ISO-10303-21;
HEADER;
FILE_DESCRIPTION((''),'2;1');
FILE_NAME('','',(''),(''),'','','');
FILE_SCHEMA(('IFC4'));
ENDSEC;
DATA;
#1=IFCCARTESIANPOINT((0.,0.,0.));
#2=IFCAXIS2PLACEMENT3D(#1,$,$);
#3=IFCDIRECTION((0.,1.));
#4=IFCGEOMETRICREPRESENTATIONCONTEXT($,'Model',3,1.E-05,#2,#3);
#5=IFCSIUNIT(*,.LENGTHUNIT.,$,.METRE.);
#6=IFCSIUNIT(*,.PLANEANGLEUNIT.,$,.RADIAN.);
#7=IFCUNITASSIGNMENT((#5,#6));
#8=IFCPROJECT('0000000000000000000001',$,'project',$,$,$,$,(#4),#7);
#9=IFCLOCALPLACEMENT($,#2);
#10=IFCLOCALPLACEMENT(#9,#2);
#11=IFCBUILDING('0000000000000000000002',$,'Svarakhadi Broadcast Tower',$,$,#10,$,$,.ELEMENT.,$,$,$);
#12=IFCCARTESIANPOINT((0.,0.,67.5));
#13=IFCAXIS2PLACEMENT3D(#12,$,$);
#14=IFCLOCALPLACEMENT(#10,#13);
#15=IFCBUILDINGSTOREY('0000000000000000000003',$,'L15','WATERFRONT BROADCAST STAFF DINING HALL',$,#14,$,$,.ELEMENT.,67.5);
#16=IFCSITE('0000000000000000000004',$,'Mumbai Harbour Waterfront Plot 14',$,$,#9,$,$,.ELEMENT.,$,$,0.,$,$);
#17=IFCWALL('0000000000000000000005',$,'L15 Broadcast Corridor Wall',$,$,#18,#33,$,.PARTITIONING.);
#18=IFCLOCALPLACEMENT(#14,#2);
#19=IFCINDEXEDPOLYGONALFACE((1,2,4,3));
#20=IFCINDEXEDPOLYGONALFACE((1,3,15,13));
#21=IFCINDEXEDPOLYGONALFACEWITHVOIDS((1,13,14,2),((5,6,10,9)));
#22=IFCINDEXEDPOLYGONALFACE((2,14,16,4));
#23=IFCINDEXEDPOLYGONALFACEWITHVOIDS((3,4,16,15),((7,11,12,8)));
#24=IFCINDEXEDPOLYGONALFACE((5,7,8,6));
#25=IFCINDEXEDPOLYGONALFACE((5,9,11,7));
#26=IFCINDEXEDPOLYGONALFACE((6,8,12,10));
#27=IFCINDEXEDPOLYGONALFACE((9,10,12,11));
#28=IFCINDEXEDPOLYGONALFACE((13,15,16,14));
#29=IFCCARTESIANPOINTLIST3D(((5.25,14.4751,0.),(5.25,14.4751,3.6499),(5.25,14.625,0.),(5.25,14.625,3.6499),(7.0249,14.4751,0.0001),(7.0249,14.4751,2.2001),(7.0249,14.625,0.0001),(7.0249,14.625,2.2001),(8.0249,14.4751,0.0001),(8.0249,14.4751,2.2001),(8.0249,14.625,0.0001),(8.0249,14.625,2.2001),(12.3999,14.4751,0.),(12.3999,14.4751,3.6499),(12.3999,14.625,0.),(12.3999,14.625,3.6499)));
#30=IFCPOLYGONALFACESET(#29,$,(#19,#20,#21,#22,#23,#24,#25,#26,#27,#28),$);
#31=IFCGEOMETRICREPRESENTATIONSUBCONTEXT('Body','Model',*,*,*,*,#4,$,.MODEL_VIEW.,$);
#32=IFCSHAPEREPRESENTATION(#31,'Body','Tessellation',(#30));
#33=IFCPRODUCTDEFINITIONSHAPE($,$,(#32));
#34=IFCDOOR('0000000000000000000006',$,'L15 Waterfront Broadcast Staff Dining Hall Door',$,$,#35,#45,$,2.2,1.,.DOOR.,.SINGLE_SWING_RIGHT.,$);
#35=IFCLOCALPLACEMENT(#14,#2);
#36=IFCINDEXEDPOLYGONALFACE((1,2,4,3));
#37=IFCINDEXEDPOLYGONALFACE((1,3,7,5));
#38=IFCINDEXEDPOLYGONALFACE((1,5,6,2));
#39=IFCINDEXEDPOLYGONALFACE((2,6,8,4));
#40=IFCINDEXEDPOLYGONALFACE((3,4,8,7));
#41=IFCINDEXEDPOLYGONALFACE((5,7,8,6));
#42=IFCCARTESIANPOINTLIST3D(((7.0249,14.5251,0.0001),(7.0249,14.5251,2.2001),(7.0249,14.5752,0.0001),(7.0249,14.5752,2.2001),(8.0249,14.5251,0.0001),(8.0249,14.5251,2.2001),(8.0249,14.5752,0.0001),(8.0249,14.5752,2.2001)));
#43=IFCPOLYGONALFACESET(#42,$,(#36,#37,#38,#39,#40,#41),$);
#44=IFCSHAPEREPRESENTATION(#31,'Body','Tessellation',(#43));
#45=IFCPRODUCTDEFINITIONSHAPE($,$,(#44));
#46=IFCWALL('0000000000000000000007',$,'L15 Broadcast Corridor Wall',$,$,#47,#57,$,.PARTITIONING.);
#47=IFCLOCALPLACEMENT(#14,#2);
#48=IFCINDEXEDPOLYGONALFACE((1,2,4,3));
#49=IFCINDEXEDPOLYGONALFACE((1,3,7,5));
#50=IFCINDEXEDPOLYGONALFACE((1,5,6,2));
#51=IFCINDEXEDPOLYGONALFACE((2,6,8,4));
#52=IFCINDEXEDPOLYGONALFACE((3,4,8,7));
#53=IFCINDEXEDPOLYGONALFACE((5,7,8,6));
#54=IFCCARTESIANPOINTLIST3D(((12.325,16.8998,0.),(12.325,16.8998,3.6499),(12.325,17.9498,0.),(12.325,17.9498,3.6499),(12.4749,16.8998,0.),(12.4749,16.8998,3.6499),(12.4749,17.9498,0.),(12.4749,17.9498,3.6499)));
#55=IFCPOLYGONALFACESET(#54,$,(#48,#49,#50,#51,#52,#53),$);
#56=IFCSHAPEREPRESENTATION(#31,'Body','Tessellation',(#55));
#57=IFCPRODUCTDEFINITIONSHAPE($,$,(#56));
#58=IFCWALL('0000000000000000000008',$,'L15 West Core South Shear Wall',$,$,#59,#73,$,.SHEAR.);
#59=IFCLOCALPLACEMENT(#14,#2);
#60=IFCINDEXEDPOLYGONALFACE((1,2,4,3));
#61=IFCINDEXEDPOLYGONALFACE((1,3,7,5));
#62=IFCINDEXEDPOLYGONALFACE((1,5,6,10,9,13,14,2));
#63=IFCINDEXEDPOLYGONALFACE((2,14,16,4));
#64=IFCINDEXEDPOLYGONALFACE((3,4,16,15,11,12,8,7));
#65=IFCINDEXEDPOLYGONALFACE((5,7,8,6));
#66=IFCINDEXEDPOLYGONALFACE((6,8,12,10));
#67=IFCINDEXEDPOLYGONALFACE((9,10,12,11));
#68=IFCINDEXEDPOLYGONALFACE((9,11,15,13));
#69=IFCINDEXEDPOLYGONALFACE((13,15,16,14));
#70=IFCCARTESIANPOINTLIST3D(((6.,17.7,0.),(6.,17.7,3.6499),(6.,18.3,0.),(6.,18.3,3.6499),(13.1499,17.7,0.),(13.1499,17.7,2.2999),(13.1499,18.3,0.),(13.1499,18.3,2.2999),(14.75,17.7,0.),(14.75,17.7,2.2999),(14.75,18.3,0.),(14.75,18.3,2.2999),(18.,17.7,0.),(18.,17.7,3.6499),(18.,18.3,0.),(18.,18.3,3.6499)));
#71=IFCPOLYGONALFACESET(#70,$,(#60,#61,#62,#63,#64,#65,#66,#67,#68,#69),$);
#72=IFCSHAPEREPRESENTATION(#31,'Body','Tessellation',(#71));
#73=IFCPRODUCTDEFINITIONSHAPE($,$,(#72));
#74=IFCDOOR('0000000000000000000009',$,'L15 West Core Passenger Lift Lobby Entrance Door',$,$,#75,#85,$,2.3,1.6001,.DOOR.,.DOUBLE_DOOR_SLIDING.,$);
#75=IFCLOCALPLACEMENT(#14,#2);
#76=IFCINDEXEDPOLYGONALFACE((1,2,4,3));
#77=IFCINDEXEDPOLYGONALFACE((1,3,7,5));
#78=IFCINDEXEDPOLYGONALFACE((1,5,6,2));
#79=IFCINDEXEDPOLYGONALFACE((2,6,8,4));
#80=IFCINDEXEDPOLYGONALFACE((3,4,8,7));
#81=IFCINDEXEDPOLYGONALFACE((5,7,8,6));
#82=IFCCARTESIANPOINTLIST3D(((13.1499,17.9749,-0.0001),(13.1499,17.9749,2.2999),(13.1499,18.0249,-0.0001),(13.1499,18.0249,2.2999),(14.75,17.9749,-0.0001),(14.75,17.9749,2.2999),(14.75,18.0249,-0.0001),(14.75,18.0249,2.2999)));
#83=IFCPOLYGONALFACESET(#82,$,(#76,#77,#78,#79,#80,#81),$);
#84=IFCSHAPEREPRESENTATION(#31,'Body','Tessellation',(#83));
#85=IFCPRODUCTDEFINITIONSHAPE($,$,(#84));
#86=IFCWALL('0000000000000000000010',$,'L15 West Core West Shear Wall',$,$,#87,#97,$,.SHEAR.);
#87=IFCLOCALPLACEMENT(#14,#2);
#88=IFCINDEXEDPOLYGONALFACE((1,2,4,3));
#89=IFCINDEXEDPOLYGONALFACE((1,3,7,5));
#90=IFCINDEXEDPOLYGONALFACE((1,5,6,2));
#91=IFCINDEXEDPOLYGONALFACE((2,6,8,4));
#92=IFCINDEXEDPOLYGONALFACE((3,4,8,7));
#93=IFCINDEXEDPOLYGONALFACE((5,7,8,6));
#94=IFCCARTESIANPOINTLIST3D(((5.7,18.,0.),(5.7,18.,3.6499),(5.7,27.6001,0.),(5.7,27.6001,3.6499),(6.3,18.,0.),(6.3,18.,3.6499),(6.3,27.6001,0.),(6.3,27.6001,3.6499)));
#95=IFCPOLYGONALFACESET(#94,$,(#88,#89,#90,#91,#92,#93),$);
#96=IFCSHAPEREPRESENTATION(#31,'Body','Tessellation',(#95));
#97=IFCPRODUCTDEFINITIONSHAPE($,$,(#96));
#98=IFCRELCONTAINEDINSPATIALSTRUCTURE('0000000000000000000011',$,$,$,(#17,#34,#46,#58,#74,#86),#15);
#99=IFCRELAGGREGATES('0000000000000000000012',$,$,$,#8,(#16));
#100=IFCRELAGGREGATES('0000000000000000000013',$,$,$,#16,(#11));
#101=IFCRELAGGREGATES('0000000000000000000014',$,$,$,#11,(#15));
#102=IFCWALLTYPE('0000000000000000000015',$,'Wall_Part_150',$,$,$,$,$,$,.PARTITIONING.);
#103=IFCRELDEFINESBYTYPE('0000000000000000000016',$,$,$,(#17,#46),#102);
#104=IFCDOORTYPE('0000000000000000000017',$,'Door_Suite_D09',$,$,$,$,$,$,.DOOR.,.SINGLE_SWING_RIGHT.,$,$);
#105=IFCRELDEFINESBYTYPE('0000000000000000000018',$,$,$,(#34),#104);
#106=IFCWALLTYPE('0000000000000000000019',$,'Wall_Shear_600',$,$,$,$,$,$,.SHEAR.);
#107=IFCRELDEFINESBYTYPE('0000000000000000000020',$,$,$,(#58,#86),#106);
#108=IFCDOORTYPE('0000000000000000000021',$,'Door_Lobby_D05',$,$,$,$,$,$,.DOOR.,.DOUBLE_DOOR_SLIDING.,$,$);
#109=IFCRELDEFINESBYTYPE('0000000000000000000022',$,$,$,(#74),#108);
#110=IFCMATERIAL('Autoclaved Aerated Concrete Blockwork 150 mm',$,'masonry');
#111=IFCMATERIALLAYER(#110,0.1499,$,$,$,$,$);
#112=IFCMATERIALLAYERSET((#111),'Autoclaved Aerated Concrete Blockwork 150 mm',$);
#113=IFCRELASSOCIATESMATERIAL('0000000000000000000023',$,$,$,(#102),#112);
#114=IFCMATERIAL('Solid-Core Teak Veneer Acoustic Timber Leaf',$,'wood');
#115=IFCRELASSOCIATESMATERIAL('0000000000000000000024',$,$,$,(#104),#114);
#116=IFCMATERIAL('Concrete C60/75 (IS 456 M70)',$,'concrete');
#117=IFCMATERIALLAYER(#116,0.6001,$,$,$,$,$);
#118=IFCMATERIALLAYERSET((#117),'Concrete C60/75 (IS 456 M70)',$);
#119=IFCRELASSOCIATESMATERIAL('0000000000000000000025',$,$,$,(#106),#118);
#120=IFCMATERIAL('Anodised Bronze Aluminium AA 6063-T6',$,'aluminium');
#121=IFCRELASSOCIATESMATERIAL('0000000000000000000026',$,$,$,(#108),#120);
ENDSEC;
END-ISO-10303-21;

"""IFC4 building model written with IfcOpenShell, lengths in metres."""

from ifc_helpers import new_model, si_unit, direction, frame, frame_2d, origin, place, context, subcontext, project, spatial, rectangle, extrude, material, layer, layer_set, type_object, element, fill, save


model = new_model("IFC4")

# Units and contexts
model_context = context("Model", 3, precision=1e-05, world=origin(), true_north=direction((0.0, 1.0)))
body_context = subcontext(model_context, "Body", "Model", "MODEL_VIEW")
ifc_project = project(units=[si_unit("LENGTHUNIT", "METRE"), si_unit("PLANEANGLEUNIT", "RADIAN")], contexts=[model_context])

# Site, building, storey
site_placement = place(None, origin())
site = spatial("IfcSite", under=ifc_project, at=site_placement, Name="Mumbai Harbour Waterfront Plot 14", CompositionType="ELEMENT", RefElevation=0.0)
building_placement = place(site_placement, origin())
building = spatial("IfcBuilding", under=site, at=building_placement, Name="Svarakhadi Broadcast Tower", CompositionType="ELEMENT")
storey_placement = place(building_placement, frame((0.0, 0.0, 67.5)))
storey = spatial("IfcBuildingStorey", under=building, at=storey_placement, Name="L15", Description="WATERFRONT BROADCAST STAFF DINING HALL", CompositionType="ELEMENT", Elevation=67.5)

# Shared definitions
ifc_material_1 = material(Name="Concrete C60/75 (IS 456 M70)", Category="concrete")

# Wall, opening, door
ifc_material_2 = material(Name="Autoclaved Aerated Concrete Blockwork 150 mm", Category="masonry")
ifc_layer_1 = layer(ifc_material_2, 0.1499)
ifc_layer_set_1 = layer_set([ifc_layer_1], Name="Autoclaved Aerated Concrete Blockwork 150 mm")
wall_type_1 = type_object("IfcWallType", Name="Wall_Part_150", PredefinedType="PARTITIONING", material=ifc_layer_set_1)
wall_1_placement = place(storey_placement, frame((12.3999, 14.55, 0.0), z_axis=(0.0, 0.0, 1.0), x_axis=(-1.0, 0.0, 0.0)))
wall_1 = element("IfcWall", 1, at=wall_1_placement, inside=storey, type_object=wall_type_1, Name="L15 Broadcast Corridor Wall", PredefinedType="PARTITIONING", context=body_context, shape_type="SweptSolid", body=[
    extrude(rectangle(XDim=7.1499, YDim=0.1499, at=frame_2d((3.575, 0.0))), origin(), (0.0, 0.0, 1.0), 3.6499),
])
opening_1_placement = place(wall_1_placement, frame((4.375, 0.0, 0.0)))
opening_1 = element("IfcOpeningElement", 2, at=opening_1_placement, cuts=wall_1, PredefinedType="OPENING", context=body_context, shape_type="SweptSolid", body=[
    extrude(rectangle(XDim=1.0, YDim=2.2, at=frame_2d((0.5, 1.1001))), frame((0.0, 0.085, 0.0), z_axis=(0.0, -1.0, 0.0), x_axis=(1.0, 0.0, 0.0)), (0.0, 0.0, 1.0), 0.1699),
])
ifc_material_3 = material(Name="Solid-Core Teak Veneer Acoustic Timber Leaf", Category="wood")
door_type_1 = type_object("IfcDoorType", Name="Door_Suite_D09", OperationType="SINGLE_SWING_RIGHT", PredefinedType="DOOR", material=ifc_material_3)
door_1_placement = place(opening_1_placement, origin())
door_1 = element("IfcDoor", 3, at=door_1_placement, inside=storey, type_object=door_type_1, Name="L15 Waterfront Broadcast Staff Dining Hall Door", OperationType="SINGLE_SWING_RIGHT", OverallHeight=2.2, OverallWidth=1.0, PredefinedType="DOOR", context=body_context, shape_type="SweptSolid", body=[
    extrude(rectangle(XDim=1.0, YDim=2.2, at=frame_2d((0.5, 1.1001))), frame((0.0, 0.0249, 0.0), z_axis=(0.0, -1.0, 0.0), x_axis=(1.0, 0.0, 0.0)), (0.0, 0.0, 1.0), 0.05),
])
fill(opening_1, door_1)

# Wall
wall_2_placement = place(storey_placement, frame((12.3999, 16.8999, 0.0), z_axis=(0.0, 0.0, 1.0), x_axis=(0.0, 1.0, 0.0)))
element("IfcWall", 4, at=wall_2_placement, inside=storey, type_object=wall_type_1, Name="L15 Broadcast Corridor Wall", PredefinedType="PARTITIONING", context=body_context, shape_type="SweptSolid", body=[
    extrude(rectangle(XDim=1.05, YDim=0.1499, at=frame_2d((0.5249, 0.0))), origin(), (0.0, 0.0, 1.0), 3.6499),
])

# Wall, opening, door
ifc_layer_2 = layer(ifc_material_1, 0.6001)
ifc_layer_set_2 = layer_set([ifc_layer_2], Name="Concrete C60/75 (IS 456 M70)")
wall_type_2 = type_object("IfcWallType", Name="Wall_Shear_600", PredefinedType="SHEAR", material=ifc_layer_set_2)
wall_3_placement = place(storey_placement, frame((6.0, 18.0, 0.0), z_axis=(0.0, 0.0, 1.0), x_axis=(1.0, 0.0, 0.0)))
wall_3 = element("IfcWall", 5, at=wall_3_placement, inside=storey, type_object=wall_type_2, Name="L15 West Core South Shear Wall", PredefinedType="SHEAR", context=body_context, shape_type="SweptSolid", body=[
    extrude(rectangle(XDim=12.0, YDim=0.6001, at=frame_2d((6.0, 0.0))), origin(), (0.0, 0.0, 1.0), 3.6499),
])
opening_2_placement = place(wall_3_placement, frame((7.1499, 0.0, 0.0)))
opening_2 = element("IfcOpeningElement", 6, at=opening_2_placement, cuts=wall_3, PredefinedType="OPENING", context=body_context, shape_type="SweptSolid", body=[
    extrude(rectangle(XDim=1.6001, YDim=2.3, at=frame_2d((0.8, 1.1499))), frame((0.0, 0.3101, 0.0), z_axis=(0.0, -1.0, 0.0), x_axis=(1.0, 0.0, 0.0)), (0.0, 0.0, 1.0), 0.6201),
])
ifc_material_4 = material(Name="Anodised Bronze Aluminium AA 6063-T6", Category="aluminium")
door_type_2 = type_object("IfcDoorType", Name="Door_Lobby_D05", OperationType="DOUBLE_DOOR_SLIDING", PredefinedType="DOOR", material=ifc_material_4)
door_2_placement = place(opening_2_placement, origin())
door_2 = element("IfcDoor", 7, at=door_2_placement, inside=storey, type_object=door_type_2, Name="L15 West Core Passenger Lift Lobby Entrance Door", OperationType="DOUBLE_DOOR_SLIDING", OverallHeight=2.3, OverallWidth=1.6001, PredefinedType="DOOR", context=body_context, shape_type="SweptSolid", body=[
    extrude(rectangle(XDim=1.6001, YDim=2.3, at=frame_2d((0.8, 1.1499))), frame((0.0, 0.0249, 0.0), z_axis=(0.0, -1.0, 0.0), x_axis=(1.0, 0.0, 0.0)), (0.0, 0.0, 1.0), 0.05),
])
fill(opening_2, door_2)

# Wall
wall_4_placement = place(storey_placement, frame((6.0, 18.0, 0.0), z_axis=(0.0, 0.0, 1.0), x_axis=(0.0, 1.0, 0.0)))
element("IfcWall", 8, at=wall_4_placement, inside=storey, type_object=wall_type_2, Name="L15 West Core West Shear Wall", PredefinedType="SHEAR", context=body_context, shape_type="SweptSolid", body=[
    extrude(rectangle(XDim=9.6001, YDim=0.6001, at=frame_2d((4.8, 0.0))), origin(), (0.0, 0.0, 1.0), 3.6499),
])

save(model, "model.ifc")
